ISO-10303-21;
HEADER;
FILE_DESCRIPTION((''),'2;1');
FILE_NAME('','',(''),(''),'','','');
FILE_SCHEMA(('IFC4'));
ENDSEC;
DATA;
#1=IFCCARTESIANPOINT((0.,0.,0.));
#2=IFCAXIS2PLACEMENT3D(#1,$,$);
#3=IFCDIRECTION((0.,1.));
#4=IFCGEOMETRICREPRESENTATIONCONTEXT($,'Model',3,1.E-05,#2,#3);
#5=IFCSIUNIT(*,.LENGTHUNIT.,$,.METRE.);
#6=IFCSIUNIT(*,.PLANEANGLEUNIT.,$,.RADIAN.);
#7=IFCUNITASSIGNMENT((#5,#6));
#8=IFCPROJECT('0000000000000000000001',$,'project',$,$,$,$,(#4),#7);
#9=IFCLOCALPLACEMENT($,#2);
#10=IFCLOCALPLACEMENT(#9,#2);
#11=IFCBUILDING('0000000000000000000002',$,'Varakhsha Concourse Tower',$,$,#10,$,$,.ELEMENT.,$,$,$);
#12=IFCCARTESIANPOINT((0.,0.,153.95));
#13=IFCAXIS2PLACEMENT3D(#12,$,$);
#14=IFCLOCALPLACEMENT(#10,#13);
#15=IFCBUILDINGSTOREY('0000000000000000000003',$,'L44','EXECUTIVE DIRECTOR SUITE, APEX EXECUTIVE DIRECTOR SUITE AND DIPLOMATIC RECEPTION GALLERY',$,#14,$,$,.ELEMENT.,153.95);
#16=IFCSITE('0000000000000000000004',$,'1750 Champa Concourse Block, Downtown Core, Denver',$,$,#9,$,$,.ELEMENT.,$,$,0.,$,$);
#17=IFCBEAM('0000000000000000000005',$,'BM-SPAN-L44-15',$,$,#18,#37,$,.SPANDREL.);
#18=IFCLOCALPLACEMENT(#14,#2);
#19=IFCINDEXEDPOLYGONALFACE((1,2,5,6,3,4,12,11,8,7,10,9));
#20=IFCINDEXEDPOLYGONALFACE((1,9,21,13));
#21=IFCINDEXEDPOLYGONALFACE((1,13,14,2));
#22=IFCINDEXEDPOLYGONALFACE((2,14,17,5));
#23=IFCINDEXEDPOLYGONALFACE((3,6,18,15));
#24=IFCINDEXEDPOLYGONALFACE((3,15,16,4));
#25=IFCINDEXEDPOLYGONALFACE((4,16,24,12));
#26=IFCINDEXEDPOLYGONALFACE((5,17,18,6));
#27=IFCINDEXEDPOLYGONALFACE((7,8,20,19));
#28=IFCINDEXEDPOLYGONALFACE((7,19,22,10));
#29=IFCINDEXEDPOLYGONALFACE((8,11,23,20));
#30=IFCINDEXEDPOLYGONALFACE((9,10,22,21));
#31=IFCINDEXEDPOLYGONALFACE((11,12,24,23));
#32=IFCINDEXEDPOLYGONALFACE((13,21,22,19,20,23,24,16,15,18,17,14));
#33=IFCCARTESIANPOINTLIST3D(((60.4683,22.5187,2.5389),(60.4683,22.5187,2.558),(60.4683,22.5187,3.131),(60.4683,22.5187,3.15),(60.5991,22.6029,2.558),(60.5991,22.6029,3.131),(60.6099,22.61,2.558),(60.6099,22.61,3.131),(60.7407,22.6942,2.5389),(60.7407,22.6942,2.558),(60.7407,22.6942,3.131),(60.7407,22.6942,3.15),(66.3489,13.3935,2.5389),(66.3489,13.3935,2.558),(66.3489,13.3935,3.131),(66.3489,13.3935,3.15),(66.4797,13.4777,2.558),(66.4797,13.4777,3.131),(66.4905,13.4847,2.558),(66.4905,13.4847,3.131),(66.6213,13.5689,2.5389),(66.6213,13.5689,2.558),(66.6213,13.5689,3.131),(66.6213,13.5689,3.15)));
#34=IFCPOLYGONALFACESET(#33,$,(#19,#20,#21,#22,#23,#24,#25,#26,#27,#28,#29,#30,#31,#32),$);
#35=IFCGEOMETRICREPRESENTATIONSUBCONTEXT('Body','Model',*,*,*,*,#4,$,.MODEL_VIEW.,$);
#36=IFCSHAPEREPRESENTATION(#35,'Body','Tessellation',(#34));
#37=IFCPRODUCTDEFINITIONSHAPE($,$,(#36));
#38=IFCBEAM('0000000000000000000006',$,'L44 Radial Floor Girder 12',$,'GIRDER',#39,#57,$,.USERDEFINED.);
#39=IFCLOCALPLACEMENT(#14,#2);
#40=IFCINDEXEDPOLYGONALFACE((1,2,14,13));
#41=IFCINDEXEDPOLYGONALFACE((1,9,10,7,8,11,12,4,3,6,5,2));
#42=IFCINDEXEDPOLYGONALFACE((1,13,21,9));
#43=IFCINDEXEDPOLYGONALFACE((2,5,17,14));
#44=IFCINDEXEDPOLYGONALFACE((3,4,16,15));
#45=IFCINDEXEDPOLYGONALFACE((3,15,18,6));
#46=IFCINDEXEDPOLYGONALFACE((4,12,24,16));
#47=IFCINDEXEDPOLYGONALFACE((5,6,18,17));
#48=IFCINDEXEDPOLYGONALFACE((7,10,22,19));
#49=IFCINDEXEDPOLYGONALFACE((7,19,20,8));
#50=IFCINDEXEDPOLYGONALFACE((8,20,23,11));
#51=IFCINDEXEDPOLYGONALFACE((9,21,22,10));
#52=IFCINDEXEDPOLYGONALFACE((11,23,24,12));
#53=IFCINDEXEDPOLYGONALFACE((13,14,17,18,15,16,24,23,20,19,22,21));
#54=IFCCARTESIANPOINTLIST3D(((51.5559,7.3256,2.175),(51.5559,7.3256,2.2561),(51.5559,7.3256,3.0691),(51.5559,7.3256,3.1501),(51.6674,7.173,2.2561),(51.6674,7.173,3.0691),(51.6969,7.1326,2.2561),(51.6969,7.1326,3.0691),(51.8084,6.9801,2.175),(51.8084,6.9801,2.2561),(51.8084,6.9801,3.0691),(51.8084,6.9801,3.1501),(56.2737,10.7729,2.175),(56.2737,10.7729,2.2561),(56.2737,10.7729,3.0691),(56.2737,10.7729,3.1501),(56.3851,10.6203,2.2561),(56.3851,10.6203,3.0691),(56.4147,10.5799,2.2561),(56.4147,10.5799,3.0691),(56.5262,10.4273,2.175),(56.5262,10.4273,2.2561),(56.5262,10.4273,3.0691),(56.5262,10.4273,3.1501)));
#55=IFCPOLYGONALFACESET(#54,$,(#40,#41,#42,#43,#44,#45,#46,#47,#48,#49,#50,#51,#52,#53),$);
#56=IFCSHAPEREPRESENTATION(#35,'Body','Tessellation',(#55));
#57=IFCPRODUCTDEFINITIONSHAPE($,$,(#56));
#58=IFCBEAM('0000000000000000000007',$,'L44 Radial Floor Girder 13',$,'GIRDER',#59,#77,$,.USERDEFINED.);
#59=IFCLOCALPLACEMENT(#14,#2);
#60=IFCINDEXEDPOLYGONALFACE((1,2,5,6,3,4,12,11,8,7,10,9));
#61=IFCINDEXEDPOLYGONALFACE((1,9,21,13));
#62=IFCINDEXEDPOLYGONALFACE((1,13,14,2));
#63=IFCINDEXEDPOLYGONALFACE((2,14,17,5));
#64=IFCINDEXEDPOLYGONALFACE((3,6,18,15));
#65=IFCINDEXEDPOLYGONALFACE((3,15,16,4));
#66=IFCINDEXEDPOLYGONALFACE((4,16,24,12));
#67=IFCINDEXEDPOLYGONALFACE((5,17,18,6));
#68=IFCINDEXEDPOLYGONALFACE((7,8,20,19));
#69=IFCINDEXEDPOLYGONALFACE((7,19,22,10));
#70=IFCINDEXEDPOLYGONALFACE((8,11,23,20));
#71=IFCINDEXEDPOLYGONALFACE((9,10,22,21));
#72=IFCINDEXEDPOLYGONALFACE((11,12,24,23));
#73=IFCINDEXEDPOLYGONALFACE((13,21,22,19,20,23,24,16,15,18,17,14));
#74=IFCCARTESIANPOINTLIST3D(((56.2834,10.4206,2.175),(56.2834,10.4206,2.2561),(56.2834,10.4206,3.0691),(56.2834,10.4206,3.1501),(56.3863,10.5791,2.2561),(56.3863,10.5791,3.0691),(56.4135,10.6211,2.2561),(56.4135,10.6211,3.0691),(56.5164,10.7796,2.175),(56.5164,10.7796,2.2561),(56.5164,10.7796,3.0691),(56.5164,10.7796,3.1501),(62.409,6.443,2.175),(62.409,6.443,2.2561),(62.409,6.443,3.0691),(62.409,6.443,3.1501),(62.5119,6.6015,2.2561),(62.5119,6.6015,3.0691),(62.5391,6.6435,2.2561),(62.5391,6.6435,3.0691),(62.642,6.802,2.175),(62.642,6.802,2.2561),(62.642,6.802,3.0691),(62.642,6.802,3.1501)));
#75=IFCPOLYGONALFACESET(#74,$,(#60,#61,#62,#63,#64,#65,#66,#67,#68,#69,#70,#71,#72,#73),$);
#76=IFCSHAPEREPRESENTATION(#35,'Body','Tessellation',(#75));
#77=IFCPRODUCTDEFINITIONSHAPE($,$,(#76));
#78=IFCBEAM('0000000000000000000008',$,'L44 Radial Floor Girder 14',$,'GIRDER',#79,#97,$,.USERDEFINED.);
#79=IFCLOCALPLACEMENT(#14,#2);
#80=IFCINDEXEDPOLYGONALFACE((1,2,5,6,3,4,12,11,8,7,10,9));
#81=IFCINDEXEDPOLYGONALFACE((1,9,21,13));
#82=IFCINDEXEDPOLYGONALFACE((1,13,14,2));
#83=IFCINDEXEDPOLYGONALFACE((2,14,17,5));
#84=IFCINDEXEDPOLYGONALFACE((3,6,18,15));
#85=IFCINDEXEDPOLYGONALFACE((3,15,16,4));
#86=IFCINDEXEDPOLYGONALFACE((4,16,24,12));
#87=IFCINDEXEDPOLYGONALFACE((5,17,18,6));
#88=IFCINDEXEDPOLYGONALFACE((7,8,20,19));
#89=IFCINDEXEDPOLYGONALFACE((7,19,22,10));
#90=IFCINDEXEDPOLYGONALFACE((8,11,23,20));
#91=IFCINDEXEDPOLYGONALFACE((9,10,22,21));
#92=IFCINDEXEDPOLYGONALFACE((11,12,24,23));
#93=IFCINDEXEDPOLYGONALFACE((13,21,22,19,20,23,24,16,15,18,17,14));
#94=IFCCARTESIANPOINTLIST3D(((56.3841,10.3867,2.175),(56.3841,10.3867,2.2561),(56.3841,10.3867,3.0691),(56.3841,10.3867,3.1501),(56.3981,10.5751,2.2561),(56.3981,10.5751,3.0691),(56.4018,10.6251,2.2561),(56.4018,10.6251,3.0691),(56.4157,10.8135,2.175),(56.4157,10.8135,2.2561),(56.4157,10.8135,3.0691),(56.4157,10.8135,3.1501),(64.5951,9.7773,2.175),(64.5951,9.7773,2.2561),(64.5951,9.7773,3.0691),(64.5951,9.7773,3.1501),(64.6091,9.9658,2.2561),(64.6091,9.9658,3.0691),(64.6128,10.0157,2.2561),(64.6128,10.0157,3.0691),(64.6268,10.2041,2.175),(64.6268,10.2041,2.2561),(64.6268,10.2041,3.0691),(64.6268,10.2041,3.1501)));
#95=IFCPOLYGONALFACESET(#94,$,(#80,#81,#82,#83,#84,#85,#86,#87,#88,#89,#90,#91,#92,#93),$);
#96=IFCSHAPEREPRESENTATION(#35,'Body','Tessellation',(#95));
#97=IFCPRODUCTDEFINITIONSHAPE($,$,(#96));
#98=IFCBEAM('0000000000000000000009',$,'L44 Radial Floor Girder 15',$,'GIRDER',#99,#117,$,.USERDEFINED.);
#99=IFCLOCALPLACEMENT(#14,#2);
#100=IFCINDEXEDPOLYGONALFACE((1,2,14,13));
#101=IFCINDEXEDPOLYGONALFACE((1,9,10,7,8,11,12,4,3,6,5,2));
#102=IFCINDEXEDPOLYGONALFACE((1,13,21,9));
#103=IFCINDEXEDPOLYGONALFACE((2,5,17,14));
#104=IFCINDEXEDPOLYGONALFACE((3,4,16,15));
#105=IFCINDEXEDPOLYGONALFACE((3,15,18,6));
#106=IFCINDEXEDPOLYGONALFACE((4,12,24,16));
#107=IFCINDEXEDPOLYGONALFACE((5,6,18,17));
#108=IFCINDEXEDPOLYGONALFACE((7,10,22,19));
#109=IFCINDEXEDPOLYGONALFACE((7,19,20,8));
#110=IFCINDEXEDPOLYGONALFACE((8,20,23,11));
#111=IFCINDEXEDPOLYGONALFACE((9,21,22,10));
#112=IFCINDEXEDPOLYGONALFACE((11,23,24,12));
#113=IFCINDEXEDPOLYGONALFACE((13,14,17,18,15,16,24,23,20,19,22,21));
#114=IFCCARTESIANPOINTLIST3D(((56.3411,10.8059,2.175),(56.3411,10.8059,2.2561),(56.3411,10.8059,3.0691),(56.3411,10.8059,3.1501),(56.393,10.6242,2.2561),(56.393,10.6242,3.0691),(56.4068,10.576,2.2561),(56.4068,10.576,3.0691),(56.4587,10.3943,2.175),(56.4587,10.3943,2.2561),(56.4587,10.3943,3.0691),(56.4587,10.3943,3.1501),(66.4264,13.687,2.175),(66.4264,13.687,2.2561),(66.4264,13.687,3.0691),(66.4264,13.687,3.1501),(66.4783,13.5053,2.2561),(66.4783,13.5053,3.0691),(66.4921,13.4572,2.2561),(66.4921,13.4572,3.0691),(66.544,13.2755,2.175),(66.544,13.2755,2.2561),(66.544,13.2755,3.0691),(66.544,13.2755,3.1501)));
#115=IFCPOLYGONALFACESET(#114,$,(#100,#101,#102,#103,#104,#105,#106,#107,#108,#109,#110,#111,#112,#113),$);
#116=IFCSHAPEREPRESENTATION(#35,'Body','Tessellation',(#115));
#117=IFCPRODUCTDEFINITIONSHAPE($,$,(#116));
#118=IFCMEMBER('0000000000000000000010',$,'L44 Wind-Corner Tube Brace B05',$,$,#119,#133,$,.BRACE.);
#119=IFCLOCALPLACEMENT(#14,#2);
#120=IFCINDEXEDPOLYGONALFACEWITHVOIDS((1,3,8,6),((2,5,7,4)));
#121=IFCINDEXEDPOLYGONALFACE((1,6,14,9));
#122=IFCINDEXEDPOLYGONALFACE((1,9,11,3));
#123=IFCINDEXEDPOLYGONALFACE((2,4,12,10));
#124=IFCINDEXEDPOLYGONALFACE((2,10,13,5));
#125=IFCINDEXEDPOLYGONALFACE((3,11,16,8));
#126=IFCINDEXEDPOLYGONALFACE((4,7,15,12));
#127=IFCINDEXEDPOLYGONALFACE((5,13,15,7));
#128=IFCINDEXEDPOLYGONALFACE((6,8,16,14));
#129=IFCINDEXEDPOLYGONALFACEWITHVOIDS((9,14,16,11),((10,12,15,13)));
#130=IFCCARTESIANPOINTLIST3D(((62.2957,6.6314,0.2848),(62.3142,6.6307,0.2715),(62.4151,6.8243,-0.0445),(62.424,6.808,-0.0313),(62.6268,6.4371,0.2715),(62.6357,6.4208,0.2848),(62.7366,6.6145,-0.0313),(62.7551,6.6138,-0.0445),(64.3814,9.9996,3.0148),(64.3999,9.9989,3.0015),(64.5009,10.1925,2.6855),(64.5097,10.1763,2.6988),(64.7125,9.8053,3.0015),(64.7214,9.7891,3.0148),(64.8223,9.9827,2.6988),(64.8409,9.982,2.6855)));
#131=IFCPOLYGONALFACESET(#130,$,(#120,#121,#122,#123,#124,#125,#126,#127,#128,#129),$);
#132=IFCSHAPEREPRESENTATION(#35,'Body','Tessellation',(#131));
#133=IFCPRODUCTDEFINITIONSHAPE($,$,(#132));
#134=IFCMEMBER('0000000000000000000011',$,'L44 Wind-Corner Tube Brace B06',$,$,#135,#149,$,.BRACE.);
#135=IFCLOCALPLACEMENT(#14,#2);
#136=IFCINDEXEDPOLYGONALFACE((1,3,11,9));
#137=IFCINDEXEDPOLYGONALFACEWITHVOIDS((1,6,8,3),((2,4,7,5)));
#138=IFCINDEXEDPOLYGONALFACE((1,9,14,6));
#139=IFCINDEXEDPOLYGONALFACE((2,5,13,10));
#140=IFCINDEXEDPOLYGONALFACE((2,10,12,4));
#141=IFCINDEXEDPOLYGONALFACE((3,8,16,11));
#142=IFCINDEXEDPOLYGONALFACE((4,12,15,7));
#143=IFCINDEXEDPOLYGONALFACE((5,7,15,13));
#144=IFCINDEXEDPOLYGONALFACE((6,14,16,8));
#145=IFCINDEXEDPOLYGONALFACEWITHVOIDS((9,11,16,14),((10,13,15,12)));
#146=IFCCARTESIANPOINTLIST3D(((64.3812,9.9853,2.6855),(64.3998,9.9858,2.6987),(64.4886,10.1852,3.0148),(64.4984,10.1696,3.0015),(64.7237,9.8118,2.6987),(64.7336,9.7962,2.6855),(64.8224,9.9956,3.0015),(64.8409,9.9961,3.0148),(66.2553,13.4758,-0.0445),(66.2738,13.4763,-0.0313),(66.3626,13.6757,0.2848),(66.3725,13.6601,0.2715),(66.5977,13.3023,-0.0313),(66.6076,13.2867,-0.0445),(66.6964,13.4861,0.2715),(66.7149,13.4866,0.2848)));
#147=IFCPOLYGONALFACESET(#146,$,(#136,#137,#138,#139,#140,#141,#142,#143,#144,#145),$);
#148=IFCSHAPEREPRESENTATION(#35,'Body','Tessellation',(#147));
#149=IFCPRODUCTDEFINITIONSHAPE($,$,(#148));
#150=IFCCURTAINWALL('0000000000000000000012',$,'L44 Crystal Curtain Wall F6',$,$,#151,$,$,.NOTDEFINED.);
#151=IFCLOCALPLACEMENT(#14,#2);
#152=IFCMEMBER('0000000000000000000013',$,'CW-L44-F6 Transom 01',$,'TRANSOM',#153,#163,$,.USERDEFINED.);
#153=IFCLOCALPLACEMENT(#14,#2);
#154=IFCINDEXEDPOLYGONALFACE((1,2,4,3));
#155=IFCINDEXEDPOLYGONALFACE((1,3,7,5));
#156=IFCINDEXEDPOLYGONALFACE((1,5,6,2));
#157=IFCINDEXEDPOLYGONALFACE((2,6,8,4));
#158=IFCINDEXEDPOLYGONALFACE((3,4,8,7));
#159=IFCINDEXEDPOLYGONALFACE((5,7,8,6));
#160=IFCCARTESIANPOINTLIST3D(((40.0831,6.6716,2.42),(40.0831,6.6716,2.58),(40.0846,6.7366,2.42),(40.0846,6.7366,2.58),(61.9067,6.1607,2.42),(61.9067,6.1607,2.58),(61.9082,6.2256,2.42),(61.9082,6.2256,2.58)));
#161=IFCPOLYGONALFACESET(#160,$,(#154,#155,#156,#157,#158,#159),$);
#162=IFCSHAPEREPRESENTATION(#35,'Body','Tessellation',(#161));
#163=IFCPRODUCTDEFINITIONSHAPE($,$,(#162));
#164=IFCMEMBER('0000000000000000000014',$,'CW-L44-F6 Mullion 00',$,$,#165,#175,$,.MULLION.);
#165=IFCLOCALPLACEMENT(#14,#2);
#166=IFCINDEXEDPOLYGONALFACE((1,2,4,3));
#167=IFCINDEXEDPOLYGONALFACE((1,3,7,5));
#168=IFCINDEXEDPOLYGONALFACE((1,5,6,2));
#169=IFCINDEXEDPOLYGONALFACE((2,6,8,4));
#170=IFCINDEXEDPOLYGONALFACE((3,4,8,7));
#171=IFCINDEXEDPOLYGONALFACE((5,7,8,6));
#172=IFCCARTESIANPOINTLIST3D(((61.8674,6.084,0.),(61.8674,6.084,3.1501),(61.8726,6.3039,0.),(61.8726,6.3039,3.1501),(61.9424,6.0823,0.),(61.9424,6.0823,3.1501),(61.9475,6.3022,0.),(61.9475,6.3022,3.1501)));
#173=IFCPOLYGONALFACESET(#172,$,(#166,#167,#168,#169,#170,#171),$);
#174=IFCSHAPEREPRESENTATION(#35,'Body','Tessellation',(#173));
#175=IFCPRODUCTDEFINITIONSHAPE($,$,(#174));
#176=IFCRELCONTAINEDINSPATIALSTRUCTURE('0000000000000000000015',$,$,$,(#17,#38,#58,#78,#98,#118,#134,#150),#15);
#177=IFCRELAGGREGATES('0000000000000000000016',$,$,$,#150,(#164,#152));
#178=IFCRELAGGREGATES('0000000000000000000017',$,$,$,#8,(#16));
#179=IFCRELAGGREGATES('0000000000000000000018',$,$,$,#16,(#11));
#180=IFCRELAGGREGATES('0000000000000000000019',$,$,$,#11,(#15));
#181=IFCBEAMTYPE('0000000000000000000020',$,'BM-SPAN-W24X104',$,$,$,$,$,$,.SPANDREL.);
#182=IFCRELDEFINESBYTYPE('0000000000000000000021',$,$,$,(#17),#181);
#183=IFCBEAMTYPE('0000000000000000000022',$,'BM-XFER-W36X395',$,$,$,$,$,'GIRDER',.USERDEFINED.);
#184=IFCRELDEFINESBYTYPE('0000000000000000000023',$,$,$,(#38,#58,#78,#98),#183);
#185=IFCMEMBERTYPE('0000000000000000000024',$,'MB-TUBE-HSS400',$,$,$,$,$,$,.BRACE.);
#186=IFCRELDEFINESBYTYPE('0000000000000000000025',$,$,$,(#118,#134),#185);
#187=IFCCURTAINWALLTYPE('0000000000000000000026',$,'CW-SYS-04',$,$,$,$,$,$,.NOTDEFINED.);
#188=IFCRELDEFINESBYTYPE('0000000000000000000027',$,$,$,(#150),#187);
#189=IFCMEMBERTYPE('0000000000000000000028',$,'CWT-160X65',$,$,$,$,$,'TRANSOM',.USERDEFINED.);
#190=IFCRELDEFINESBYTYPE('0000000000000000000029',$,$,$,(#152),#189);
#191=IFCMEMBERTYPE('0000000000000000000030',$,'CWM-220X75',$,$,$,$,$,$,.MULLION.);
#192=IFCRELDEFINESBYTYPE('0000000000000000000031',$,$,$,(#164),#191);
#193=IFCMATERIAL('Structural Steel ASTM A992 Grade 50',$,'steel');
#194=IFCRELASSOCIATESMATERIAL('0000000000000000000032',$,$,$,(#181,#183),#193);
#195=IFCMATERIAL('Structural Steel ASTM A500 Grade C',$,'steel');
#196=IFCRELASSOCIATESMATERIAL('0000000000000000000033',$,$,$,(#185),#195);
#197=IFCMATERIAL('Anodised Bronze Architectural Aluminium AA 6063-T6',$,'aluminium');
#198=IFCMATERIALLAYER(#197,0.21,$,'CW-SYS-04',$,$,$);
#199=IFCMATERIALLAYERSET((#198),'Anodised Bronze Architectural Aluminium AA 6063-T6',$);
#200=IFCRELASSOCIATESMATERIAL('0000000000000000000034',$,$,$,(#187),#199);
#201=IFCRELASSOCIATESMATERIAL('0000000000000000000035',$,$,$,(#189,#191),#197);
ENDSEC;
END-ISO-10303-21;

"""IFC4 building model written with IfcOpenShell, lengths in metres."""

from ifc_helpers import new_model, si_unit, direction, frame, origin, origin_2d, place, context, subcontext, project, spatial, rectangle, hollow_rectangle, i_section, extrude, source, transform, mapped, material, layer, layer_set, material_profile, profile_set, type_object, type_shapes, element, aggregate, save


model = new_model("IFC4")

# Units and contexts
model_context = context("Model", 3, precision=1e-05, world=origin(), true_north=direction((0.0, 1.0)))
body_context = subcontext(model_context, "Body", "Model", "MODEL_VIEW")
ifc_project = project(units=[si_unit("LENGTHUNIT", "METRE"), si_unit("PLANEANGLEUNIT", "RADIAN")], contexts=[model_context])

# Site, building, storey
site_placement = place(None, origin())
site = spatial("IfcSite", under=ifc_project, at=site_placement, Name="1750 Champa Concourse Block, Downtown Core, Denver", CompositionType="ELEMENT", RefElevation=0.0)
building_placement = place(site_placement, origin())
building = spatial("IfcBuilding", under=site, at=building_placement, Name="Varakhsha Concourse Tower", CompositionType="ELEMENT")
storey_placement = place(building_placement, frame((0.0, 0.0, 153.95)))
storey = spatial("IfcBuildingStorey", under=building, at=storey_placement, Name="L44", Description="EXECUTIVE DIRECTOR SUITE, APEX EXECUTIVE DIRECTOR SUITE AND DIPLOMATIC RECEPTION GALLERY", CompositionType="ELEMENT", Elevation=153.95)

# Shared definitions
ifc_material_1 = material(Name="Structural Steel ASTM A992 Grade 50", Category="steel")

# Beams
ifc_material_profile_1 = material_profile(ifc_material_1, i_section(OverallWidth=0.324, OverallDepth=0.6111, WebThickness=0.0129, FlangeThickness=0.019, at=origin_2d()), Name="W24X104")
ifc_profile_set_1 = profile_set([ifc_material_profile_1], Name="Structural Steel ASTM A992 Grade 50")
beam_type_1 = type_object("IfcBeamType", Name="BM-SPAN-W24X104", PredefinedType="SPANDREL", material=ifc_profile_set_1)
beam_1_placement = place(storey_placement, frame((66.4851, 13.4812, 2.8445), z_axis=(-0.541695, 0.840575, 0.0), x_axis=(-0.840575, -0.541695, 0.0)))
element("IfcBeam", 1, at=beam_1_placement, inside=storey, type_object=beam_type_1, Name="BM-SPAN-L44-15", PredefinedType="SPANDREL", context=body_context, shape_type="SweptSolid", body=[
    extrude(i_section(OverallWidth=0.324, OverallDepth=0.6111, WebThickness=0.0129, FlangeThickness=0.019, at=origin_2d()), origin(), (0.0, 0.0, 1.0), 10.856),
])
ifc_material_profile_2 = material_profile(ifc_material_1, i_section(OverallWidth=0.428, OverallDepth=0.9751, WebThickness=0.05, FlangeThickness=0.0811, at=origin_2d()), Name="W36X395")
ifc_profile_set_2 = profile_set([ifc_material_profile_2], Name="Structural Steel ASTM A992 Grade 50")
beam_type_2 = type_object("IfcBeamType", Name="BM-XFER-W36X395", ElementType="GIRDER", PredefinedType="USERDEFINED", material=ifc_profile_set_2)
beam_2_placement = place(storey_placement, frame((56.3999, 10.6001, 2.6626), z_axis=(-0.807419, -0.589979, 0.0), x_axis=(0.589979, -0.807419, 0.0)))
element("IfcBeam", 2, at=beam_2_placement, inside=storey, type_object=beam_type_2, Name="L44 Radial Floor Girder 12", ObjectType="GIRDER", PredefinedType="USERDEFINED", context=body_context, shape_type="SweptSolid", body=[
    extrude(i_section(OverallWidth=0.428, OverallDepth=0.9751, WebThickness=0.05, FlangeThickness=0.0811, at=origin_2d()), origin(), (0.0, 0.0, 1.0), 5.843),
])
beam_3_placement = place(storey_placement, frame((56.3999, 10.6001, 2.6626), z_axis=(0.838696, -0.544601, 0.0), x_axis=(0.544601, 0.838696, 0.0)))
element("IfcBeam", 3, at=beam_3_placement, inside=storey, type_object=beam_type_2, Name="L44 Radial Floor Girder 13", ObjectType="GIRDER", PredefinedType="USERDEFINED", context=body_context, shape_type="SweptSolid", body=[
    extrude(i_section(OverallWidth=0.428, OverallDepth=0.9751, WebThickness=0.05, FlangeThickness=0.0811, at=origin_2d()), origin(), (0.0, 0.0, 1.0), 7.3037),
])
beam_4_placement = place(storey_placement, frame((56.3999, 10.6001, 2.6626), z_axis=(0.997258, -0.074009, 0.0), x_axis=(0.074009, 0.997258, 0.0)))
element("IfcBeam", 4, at=beam_4_placement, inside=storey, type_object=beam_type_2, Name="L44 Radial Floor Girder 14", ObjectType="GIRDER", PredefinedType="USERDEFINED", context=body_context, shape_type="SweptSolid", body=[
    extrude(i_section(OverallWidth=0.428, OverallDepth=0.9751, WebThickness=0.05, FlangeThickness=0.0811, at=origin_2d()), origin(), (0.0, 0.0, 1.0), 8.2336),
])
beam_5_placement = place(storey_placement, frame((56.3999, 10.6001, 2.6626), z_axis=(0.961534, 0.274687, 0.0), x_axis=(-0.274687, 0.961534, 0.0)))
element("IfcBeam", 5, at=beam_5_placement, inside=storey, type_object=beam_type_2, Name="L44 Radial Floor Girder 15", ObjectType="GIRDER", PredefinedType="USERDEFINED", context=body_context, shape_type="SweptSolid", body=[
    extrude(i_section(OverallWidth=0.428, OverallDepth=0.9751, WebThickness=0.05, FlangeThickness=0.0811, at=origin_2d()), origin(), (0.0, 0.0, 1.0), 10.4888),
])

# Members
ifc_material_2 = material(Name="Structural Steel ASTM A500 Grade C", Category="steel")
ifc_material_profile_3 = material_profile(ifc_material_2, hollow_rectangle(XDim=0.3999, YDim=0.3999, WallThickness=0.0161, at=origin_2d()), Name="HSS 400x400x16")
ifc_profile_set_3 = profile_set([ifc_material_profile_3], Name="Structural Steel ASTM A500 Grade C")
member_type_1 = type_object("IfcMemberType", Name="MB-TUBE-HSS400", PredefinedType="BRACE", material=ifc_profile_set_3)
shared_shape_1 = source(origin(), body_context, "Body", "SweptSolid", [
    extrude(hollow_rectangle(XDim=0.3999, YDim=0.3999, WallThickness=0.0161, at=origin_2d()), origin(), (0.0, 0.0, 1.0), 4.8113),
])
type_shapes(member_type_1, [shared_shape_1])
for number, where, z_axis, x_axis, name in (
    (6, (62.5254, 6.6226, 0.1201), (0.43351, 0.70007, 0.567424), (-0.850193, 0.526471, 0.0), "L44 Wind-Corner Tube Brace B05"),
    (7, (66.4851, 13.4812, 0.1201), (-0.389508, -0.725482, 0.567415), (0.881046, -0.47303, 0.0), "L44 Wind-Corner Tube Brace B06"),
):
    element("IfcMember", number, at=place(storey_placement, frame(where, z_axis=z_axis, x_axis=x_axis)), inside=storey, type_object=member_type_1, Name=name, PredefinedType="BRACE", context=body_context, shape_type="MappedRepresentation", body=[
        mapped(shared_shape_1, transform((0.0, 0.0, 0.0), scale=1.0)),
    ])

# Curtain wall, members
ifc_material_3 = material(Name="Anodised Bronze Architectural Aluminium AA 6063-T6", Category="aluminium")
ifc_layer_1 = layer(ifc_material_3, 0.21, Name="CW-SYS-04")
ifc_layer_set_1 = layer_set([ifc_layer_1], Name="Anodised Bronze Architectural Aluminium AA 6063-T6")
curtain_wall_type = type_object("IfcCurtainWallType", Name="CW-SYS-04", PredefinedType="NOTDEFINED", material=ifc_layer_set_1)
curtain_wall_1_placement = place(storey_placement, origin())
curtain_wall_1 = element("IfcCurtainWall", 8, at=curtain_wall_1_placement, inside=storey, type_object=curtain_wall_type, Name="L44 Crystal Curtain Wall F6", PredefinedType="NOTDEFINED")
ifc_material_profile_4 = material_profile(ifc_material_3, rectangle(XDim=0.0649, YDim=0.1599, at=origin_2d()), Name="CWT-160X65")
ifc_profile_set_4 = profile_set([ifc_material_profile_4], Name="Anodised Bronze Architectural Aluminium AA 6063-T6")
member_type_2 = type_object("IfcMemberType", Name="CWT-160X65", ElementType="TRANSOM", PredefinedType="USERDEFINED", material=ifc_profile_set_4)
shared_shape_2 = source(origin(), body_context, "Body", "SweptSolid", [
    extrude(rectangle(XDim=0.0649, YDim=0.1599, at=origin_2d()), origin(), (0.0, 0.0, 1.0), 21.8296),
])
member_1_placement = place(storey_placement, frame((61.9075, 6.1931, 2.5), z_axis=(-0.999726, 0.023408, 0.0), x_axis=(-0.023408, -0.999726, 0.0)))
member_1 = element("IfcMember", 9, at=member_1_placement, type_object=member_type_2, Name="CW-L44-F6 Transom 01", ObjectType="TRANSOM", PredefinedType="USERDEFINED", context=body_context, shape_type="MappedRepresentation", body=[
    mapped(shared_shape_2, transform((0.0, 0.0, 0.0), scale=1.0)),
])
ifc_material_profile_5 = material_profile(ifc_material_3, rectangle(XDim=0.075, YDim=0.22, at=origin_2d()), Name="CWM-220X75")
ifc_profile_set_5 = profile_set([ifc_material_profile_5], Name="Anodised Bronze Architectural Aluminium AA 6063-T6")
member_type_3 = type_object("IfcMemberType", Name="CWM-220X75", PredefinedType="MULLION", material=ifc_profile_set_5)
shared_shape_3 = source(origin(), body_context, "Body", "SweptSolid", [
    extrude(rectangle(XDim=0.075, YDim=0.22, at=origin_2d()), origin(), (0.0, 0.0, 1.0), 3.1501),
])
type_shapes(member_type_3, [shared_shape_3])
member_2_placement = place(storey_placement, frame((61.9075, 6.1931, 0.0), z_axis=(0.0, 0.0, 1.0), x_axis=(-0.999726, 0.023404, 0.0)))
member_2 = element("IfcMember", 10, at=member_2_placement, type_object=member_type_3, Name="CW-L44-F6 Mullion 00", PredefinedType="MULLION", context=body_context, shape_type="MappedRepresentation", body=[
    mapped(shared_shape_3, transform((0.0, 0.0, 0.0), scale=1.0)),
])

aggregate(curtain_wall_1, [member_2, member_1])

save(model, "model.ifc")
